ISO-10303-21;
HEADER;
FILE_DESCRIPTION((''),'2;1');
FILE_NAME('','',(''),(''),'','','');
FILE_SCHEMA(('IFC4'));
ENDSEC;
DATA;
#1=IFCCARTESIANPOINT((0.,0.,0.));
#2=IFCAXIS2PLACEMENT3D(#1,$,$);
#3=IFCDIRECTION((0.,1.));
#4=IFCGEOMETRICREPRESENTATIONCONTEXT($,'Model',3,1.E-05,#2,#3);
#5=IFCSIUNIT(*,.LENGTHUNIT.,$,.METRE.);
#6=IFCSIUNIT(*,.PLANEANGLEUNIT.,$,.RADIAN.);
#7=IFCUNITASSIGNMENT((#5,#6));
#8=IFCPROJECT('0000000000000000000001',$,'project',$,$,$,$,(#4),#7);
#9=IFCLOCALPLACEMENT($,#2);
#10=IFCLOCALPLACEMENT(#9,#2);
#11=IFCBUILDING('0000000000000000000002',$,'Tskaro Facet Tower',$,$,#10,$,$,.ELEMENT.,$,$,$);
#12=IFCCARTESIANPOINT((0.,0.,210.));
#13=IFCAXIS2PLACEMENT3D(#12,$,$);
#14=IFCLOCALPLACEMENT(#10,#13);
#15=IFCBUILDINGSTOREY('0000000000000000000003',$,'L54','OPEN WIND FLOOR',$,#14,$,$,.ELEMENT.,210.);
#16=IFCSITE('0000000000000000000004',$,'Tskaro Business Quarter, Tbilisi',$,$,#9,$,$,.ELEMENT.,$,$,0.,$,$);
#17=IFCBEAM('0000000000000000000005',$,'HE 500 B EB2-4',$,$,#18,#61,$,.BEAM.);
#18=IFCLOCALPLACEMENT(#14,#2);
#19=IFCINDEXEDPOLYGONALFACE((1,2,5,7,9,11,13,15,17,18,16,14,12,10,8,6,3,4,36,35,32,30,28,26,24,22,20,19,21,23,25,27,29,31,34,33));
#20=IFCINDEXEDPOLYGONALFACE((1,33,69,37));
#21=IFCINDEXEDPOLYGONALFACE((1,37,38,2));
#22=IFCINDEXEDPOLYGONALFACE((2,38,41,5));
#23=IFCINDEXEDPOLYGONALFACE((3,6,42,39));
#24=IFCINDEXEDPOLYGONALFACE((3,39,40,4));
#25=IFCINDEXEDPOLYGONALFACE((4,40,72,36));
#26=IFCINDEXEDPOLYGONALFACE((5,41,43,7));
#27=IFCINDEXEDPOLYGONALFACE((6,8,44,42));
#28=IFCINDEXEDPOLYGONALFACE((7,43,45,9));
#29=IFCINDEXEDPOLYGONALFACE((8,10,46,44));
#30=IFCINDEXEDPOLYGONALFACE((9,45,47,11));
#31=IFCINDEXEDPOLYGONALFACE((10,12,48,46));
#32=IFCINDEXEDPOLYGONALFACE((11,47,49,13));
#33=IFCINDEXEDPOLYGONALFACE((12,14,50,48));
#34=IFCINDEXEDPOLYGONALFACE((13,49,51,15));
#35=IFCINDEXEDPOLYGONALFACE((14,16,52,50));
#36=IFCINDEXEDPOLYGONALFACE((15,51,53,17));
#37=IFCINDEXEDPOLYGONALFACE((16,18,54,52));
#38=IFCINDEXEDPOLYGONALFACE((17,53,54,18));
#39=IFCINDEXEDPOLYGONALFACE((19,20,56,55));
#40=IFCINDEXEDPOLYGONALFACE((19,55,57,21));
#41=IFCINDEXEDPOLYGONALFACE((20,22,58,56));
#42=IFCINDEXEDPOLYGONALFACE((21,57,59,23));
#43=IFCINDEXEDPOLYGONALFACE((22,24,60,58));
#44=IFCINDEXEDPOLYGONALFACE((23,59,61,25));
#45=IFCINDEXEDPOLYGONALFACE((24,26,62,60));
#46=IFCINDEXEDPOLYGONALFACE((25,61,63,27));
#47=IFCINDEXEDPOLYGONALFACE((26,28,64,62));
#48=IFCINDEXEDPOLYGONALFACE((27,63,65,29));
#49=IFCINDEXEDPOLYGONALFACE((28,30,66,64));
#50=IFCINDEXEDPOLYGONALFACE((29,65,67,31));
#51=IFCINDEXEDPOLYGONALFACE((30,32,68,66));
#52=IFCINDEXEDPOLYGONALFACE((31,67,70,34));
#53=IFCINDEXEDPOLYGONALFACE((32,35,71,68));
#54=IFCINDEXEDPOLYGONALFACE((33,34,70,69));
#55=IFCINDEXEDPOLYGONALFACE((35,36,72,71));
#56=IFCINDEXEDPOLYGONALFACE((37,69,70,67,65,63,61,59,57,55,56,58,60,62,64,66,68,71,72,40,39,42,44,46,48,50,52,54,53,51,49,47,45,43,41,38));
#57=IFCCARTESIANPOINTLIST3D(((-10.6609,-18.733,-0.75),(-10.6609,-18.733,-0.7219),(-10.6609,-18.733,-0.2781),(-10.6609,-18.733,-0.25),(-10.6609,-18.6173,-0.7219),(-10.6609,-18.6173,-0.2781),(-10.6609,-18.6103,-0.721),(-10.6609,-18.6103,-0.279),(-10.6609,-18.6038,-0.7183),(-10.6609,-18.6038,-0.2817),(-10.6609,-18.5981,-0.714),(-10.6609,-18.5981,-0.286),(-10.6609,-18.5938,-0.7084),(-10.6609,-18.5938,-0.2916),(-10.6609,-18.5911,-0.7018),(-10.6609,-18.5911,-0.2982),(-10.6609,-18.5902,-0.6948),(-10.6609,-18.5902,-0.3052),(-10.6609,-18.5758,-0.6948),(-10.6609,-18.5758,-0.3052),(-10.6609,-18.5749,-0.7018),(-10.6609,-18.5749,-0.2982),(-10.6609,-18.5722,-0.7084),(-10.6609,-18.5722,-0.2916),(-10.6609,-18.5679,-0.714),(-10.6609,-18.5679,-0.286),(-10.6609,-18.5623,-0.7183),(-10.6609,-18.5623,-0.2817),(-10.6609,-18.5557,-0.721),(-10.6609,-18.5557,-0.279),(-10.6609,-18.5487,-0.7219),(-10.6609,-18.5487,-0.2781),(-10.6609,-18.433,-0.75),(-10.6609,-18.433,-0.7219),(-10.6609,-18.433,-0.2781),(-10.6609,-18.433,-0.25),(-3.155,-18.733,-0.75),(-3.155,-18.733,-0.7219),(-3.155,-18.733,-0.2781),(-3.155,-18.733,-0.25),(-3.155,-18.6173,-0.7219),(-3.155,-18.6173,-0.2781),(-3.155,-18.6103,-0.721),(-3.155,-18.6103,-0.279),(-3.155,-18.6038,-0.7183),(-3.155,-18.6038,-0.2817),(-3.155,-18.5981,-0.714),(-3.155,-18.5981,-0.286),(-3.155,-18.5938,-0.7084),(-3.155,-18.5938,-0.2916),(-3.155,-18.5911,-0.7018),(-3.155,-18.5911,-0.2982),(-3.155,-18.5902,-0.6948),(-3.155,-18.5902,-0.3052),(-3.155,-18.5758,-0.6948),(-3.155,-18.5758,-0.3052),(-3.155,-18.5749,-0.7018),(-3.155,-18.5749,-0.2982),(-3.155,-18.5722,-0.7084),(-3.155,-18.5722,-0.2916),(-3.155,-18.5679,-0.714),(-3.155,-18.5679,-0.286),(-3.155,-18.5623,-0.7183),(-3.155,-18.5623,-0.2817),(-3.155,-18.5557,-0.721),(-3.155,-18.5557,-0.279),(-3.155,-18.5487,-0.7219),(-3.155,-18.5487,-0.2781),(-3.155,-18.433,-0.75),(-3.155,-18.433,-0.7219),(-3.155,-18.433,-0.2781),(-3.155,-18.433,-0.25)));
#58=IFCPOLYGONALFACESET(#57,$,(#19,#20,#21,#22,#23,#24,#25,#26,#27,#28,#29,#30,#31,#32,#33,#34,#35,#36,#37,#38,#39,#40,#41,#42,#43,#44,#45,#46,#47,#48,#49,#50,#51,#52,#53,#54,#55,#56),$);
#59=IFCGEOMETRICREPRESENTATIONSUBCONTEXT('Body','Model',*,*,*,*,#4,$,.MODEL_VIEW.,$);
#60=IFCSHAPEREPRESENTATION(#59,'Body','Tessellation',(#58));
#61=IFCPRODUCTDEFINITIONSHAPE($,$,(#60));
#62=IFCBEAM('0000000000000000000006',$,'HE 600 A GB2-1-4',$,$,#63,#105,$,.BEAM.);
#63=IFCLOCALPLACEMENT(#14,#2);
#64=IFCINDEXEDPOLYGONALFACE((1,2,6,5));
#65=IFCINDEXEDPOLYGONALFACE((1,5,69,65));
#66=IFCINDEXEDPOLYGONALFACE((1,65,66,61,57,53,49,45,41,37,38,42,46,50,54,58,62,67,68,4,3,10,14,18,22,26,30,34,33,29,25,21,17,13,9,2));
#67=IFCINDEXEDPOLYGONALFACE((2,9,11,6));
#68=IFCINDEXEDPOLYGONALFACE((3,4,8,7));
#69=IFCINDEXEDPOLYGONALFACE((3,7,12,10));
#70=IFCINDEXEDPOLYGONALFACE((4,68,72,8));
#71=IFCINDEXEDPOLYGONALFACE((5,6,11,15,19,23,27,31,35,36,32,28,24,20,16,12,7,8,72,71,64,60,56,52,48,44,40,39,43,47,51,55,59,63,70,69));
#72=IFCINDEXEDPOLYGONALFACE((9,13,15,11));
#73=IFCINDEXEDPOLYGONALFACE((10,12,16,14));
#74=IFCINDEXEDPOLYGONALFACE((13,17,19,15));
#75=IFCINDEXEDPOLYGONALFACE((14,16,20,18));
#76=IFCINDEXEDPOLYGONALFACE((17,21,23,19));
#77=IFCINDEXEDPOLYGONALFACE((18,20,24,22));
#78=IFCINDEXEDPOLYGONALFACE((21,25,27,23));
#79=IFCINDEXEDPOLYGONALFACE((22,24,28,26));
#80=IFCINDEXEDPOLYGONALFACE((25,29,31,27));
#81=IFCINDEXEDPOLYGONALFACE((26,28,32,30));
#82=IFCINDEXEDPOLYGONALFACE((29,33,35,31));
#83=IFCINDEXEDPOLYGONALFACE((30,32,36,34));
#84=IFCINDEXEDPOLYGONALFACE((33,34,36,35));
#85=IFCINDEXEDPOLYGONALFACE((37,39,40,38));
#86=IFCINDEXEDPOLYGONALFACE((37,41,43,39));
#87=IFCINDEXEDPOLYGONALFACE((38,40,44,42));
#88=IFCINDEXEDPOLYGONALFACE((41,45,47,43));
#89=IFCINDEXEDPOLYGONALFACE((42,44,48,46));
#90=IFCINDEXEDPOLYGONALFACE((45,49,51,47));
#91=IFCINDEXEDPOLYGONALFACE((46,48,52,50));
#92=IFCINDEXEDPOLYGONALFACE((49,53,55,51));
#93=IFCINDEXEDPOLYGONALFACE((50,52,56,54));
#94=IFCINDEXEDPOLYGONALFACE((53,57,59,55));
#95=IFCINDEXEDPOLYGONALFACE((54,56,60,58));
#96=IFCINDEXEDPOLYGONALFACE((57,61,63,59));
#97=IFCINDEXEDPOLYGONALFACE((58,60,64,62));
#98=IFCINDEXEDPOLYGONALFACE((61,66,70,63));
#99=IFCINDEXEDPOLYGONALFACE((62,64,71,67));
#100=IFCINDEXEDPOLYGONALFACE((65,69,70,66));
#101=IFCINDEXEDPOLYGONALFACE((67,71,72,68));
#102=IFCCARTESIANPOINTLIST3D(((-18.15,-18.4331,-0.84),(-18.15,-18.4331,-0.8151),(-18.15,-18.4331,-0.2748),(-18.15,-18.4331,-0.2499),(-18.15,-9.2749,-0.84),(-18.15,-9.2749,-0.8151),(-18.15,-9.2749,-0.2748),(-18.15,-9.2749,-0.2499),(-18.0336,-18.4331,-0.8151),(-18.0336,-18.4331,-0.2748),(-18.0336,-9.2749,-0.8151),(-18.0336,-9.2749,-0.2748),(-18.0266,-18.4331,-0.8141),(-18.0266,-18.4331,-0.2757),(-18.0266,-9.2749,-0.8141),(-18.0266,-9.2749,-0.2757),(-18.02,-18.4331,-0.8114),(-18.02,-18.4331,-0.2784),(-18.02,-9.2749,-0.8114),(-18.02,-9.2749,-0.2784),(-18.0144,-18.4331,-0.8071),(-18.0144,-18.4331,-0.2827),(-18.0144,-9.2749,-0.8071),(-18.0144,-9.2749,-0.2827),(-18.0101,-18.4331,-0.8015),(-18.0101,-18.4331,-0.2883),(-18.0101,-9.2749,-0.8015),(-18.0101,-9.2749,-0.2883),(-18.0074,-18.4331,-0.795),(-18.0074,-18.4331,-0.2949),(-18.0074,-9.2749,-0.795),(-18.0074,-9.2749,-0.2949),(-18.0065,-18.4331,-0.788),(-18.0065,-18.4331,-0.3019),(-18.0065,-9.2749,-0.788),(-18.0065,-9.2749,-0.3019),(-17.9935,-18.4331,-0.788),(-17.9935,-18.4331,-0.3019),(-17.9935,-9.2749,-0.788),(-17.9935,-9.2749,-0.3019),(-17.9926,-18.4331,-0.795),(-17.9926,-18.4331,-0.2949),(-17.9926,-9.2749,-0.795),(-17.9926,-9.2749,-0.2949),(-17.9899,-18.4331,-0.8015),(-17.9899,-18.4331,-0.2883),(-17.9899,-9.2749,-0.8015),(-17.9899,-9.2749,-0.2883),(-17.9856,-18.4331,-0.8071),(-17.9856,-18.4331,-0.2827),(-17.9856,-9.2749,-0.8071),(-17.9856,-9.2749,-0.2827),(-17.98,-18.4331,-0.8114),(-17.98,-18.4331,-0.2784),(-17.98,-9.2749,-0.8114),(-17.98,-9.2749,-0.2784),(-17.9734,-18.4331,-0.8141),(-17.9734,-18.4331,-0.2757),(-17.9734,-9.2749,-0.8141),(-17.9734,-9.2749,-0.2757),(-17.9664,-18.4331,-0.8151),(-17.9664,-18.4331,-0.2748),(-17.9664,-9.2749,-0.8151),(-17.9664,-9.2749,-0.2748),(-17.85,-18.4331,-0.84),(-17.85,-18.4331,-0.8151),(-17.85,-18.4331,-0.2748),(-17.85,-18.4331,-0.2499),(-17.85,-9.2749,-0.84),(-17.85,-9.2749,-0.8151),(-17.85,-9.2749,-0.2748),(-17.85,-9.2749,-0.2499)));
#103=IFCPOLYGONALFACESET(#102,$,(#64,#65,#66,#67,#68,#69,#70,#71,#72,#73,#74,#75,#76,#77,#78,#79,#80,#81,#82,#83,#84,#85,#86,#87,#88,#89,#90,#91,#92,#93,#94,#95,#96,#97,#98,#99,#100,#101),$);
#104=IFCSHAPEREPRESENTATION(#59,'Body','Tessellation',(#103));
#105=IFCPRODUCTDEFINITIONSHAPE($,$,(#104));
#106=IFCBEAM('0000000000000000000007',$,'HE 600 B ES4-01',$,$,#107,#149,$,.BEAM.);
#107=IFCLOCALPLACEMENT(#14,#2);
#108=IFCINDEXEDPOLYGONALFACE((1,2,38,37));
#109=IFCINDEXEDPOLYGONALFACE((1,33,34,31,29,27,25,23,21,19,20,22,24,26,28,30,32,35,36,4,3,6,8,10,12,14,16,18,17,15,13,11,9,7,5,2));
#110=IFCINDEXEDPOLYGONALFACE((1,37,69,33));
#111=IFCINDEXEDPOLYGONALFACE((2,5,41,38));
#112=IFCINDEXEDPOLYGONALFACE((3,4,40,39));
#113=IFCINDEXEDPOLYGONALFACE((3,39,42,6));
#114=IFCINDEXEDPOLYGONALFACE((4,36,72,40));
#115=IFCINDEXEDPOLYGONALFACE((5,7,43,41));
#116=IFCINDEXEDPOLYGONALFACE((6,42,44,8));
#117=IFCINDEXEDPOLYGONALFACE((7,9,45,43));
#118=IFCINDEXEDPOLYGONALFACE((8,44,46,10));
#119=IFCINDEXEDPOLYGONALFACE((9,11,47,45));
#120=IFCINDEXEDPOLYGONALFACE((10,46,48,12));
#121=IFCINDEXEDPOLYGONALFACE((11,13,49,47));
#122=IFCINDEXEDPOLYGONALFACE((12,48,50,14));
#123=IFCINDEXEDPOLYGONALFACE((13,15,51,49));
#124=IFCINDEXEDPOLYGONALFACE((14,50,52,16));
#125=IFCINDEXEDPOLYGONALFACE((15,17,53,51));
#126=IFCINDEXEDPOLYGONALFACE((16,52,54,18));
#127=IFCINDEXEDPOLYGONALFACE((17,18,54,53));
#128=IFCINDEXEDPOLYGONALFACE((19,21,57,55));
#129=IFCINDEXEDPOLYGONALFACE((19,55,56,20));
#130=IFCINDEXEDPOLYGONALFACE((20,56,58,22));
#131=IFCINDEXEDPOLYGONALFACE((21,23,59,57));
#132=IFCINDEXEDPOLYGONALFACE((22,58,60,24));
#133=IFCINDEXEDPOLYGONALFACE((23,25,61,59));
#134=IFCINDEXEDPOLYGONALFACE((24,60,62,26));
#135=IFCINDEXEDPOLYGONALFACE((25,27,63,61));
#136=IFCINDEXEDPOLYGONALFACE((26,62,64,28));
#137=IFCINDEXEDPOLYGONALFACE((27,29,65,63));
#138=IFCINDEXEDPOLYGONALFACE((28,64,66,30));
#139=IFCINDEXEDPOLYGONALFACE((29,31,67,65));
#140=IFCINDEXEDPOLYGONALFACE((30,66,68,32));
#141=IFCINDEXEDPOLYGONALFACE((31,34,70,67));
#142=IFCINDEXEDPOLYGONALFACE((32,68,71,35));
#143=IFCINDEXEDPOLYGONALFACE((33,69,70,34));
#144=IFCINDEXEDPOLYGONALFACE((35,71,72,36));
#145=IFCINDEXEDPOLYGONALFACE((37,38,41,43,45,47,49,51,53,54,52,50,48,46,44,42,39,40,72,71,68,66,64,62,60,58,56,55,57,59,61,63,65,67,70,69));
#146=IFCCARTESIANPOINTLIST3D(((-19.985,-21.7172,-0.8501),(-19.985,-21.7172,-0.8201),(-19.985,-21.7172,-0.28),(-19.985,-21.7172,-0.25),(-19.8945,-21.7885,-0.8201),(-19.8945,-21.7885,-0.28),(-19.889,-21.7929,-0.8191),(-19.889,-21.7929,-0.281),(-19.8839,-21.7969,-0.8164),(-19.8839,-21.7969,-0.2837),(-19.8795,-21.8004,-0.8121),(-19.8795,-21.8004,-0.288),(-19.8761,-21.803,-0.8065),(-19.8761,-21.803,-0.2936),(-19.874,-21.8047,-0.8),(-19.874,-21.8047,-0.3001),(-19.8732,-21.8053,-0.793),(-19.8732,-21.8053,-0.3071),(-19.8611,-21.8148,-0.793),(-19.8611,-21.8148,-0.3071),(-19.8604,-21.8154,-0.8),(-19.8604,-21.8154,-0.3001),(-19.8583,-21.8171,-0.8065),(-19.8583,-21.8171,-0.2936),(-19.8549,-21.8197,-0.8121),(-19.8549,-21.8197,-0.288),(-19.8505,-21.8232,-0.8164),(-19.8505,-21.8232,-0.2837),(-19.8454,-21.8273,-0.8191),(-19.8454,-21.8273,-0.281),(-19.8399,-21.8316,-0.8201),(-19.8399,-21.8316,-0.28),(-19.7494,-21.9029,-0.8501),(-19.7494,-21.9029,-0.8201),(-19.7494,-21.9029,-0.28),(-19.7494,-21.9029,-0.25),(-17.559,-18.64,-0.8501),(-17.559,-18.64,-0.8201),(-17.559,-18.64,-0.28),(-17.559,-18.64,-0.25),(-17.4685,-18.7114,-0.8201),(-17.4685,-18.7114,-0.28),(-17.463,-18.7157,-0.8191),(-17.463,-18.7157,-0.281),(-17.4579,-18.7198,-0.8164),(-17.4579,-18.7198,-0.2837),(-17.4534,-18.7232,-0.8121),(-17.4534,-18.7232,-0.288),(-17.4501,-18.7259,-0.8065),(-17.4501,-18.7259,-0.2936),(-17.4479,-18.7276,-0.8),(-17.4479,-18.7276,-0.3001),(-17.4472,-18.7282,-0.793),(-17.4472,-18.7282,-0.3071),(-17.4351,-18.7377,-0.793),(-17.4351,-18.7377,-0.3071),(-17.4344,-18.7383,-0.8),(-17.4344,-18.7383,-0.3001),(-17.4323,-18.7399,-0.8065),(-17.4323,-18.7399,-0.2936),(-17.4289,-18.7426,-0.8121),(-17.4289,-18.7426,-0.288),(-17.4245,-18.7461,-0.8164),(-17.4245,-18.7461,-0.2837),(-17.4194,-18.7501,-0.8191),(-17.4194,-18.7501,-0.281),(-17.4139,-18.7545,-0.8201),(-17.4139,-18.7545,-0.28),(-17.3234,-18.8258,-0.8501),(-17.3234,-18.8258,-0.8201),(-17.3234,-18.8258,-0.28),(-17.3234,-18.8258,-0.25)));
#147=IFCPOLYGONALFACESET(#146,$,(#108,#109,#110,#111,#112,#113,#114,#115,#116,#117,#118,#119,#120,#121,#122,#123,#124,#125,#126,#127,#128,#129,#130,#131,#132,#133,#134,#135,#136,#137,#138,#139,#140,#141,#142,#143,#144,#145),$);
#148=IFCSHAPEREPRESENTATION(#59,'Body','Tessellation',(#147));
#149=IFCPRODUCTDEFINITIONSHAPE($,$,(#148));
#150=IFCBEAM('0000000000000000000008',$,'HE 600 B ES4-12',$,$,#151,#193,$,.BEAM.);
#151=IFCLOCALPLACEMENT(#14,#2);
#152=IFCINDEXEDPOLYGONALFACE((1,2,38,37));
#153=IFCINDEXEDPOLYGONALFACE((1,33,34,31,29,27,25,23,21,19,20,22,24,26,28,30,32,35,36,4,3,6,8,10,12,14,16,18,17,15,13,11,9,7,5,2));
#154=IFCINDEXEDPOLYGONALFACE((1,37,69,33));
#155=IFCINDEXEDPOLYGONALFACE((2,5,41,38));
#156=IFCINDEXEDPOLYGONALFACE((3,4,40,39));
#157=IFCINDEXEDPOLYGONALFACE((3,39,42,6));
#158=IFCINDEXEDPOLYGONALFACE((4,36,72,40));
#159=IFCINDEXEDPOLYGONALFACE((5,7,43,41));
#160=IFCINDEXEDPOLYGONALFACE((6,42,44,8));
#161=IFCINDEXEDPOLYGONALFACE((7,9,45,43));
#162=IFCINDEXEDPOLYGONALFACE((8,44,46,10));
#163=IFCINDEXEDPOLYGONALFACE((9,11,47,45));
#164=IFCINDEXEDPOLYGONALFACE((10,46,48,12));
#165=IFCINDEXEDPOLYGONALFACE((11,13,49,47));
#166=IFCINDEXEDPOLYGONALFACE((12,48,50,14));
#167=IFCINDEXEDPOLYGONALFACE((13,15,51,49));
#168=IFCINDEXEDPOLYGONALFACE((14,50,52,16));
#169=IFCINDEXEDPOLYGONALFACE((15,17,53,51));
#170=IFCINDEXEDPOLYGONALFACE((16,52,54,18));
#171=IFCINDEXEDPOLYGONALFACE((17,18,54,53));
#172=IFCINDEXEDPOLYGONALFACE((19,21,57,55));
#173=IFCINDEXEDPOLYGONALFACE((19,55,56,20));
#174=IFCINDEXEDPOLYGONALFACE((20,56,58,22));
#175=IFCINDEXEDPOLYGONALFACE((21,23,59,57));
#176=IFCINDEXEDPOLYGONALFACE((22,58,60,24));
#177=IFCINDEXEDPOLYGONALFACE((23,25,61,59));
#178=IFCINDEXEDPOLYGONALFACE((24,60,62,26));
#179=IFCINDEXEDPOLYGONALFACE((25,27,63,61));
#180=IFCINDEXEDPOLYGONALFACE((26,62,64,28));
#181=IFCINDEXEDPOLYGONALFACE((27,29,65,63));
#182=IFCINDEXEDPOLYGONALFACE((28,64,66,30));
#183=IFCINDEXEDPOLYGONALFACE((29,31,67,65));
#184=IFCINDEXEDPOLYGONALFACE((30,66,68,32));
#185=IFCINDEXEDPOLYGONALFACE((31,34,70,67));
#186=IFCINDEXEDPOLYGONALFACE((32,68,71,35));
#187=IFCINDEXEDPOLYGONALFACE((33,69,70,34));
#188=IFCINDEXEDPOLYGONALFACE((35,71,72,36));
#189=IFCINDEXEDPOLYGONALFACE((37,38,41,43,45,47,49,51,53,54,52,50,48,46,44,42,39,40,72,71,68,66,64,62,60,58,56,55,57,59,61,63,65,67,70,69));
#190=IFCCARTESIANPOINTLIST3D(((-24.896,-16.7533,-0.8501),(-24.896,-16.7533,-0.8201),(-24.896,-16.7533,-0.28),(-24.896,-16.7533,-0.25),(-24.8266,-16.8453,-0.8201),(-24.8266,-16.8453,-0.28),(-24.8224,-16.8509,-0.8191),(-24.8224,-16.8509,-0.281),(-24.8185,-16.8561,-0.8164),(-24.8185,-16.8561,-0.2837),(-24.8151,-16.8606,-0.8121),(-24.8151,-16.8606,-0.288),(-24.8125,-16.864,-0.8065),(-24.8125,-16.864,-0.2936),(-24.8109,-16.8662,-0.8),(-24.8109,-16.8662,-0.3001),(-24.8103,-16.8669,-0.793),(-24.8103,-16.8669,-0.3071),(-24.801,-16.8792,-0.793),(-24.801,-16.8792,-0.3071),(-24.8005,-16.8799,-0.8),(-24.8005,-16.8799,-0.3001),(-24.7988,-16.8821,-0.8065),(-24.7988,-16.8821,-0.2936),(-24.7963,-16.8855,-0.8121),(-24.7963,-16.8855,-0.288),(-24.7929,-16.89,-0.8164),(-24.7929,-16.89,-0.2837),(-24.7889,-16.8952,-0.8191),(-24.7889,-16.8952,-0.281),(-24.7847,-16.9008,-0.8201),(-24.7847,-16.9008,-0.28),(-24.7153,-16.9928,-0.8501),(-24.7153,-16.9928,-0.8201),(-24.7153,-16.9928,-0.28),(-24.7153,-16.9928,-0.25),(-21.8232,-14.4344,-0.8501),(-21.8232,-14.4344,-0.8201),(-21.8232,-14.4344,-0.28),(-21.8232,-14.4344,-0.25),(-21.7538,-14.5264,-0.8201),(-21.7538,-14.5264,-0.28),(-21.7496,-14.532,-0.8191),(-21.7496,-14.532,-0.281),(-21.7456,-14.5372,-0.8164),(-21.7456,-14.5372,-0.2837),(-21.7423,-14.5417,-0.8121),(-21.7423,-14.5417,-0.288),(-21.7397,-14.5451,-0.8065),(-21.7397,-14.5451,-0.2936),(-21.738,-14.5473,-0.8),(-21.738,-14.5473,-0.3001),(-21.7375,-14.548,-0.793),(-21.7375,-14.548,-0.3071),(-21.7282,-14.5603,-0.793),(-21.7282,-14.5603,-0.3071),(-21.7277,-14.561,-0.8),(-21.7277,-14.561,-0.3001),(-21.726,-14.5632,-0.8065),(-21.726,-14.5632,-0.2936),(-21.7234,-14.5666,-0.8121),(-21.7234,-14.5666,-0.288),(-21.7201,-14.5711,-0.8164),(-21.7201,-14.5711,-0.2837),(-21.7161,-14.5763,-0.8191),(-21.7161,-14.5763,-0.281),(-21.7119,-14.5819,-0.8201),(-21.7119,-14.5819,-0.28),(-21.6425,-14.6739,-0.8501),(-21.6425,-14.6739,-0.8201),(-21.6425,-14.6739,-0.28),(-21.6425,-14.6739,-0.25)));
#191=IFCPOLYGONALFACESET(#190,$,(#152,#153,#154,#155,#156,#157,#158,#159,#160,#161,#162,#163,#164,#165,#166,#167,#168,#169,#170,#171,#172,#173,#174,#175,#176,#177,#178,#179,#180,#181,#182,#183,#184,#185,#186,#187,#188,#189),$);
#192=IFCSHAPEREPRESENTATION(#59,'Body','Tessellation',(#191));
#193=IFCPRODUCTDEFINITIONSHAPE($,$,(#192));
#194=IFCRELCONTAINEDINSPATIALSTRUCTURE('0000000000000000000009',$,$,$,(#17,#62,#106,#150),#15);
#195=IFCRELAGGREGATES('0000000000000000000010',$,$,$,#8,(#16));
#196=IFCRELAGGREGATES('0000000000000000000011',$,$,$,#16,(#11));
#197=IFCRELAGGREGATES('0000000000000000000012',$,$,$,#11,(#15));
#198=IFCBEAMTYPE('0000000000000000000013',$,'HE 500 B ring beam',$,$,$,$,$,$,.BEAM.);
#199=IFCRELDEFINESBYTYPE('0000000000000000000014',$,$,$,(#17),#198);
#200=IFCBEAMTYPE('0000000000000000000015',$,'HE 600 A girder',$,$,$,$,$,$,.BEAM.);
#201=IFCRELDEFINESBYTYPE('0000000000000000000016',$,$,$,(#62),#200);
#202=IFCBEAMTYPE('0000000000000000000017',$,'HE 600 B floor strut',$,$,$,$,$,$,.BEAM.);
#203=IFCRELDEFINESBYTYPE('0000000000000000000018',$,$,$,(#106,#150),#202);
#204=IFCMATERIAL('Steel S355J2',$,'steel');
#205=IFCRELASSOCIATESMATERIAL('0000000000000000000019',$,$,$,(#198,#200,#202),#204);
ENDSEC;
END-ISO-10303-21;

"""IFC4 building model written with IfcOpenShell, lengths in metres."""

from ifc_helpers import new_model, si_unit, direction, frame, origin, origin_2d, place, context, subcontext, project, spatial, i_section, extrude, material, material_profile, profile_set, type_object, element, save


model = new_model("IFC4")

# Units and contexts
model_context = context("Model", 3, precision=1e-05, world=origin(), true_north=direction((0.0, 1.0)))
body_context = subcontext(model_context, "Body", "Model", "MODEL_VIEW")
ifc_project = project(units=[si_unit("LENGTHUNIT", "METRE"), si_unit("PLANEANGLEUNIT", "RADIAN")], contexts=[model_context])

# Site, building, storey
site_placement = place(None, origin())
site = spatial("IfcSite", under=ifc_project, at=site_placement, Name="Tskaro Business Quarter, Tbilisi", CompositionType="ELEMENT", RefElevation=0.0)
building_placement = place(site_placement, origin())
building = spatial("IfcBuilding", under=site, at=building_placement, Name="Tskaro Facet Tower", CompositionType="ELEMENT")
storey_placement = place(building_placement, frame((0.0, 0.0, 210.0)))
storey = spatial("IfcBuildingStorey", under=building, at=storey_placement, Name="L54", Description="OPEN WIND FLOOR", CompositionType="ELEMENT", Elevation=210.0)

# Shared definitions
ifc_material_1 = material(Name="Steel S355J2", Category="steel")

# Beams
ifc_material_profile_1 = material_profile(ifc_material_1, i_section(OverallWidth=0.3, OverallDepth=0.5, WebThickness=0.0144, FlangeThickness=0.0281, FilletRadius=0.0271, at=origin_2d()), Name="HE 500 B")
ifc_profile_set_1 = profile_set([ifc_material_profile_1], Name="Steel S355J2")
beam_type_1 = type_object("IfcBeamType", Name="HE 500 B ring beam", PredefinedType="BEAM", material=ifc_profile_set_1)
beam_1_placement = place(storey_placement, frame((-10.6609, -18.583, -0.5), z_axis=(1.0, 0.0, 0.0), x_axis=(0.0, 1.0, 0.0)))
element("IfcBeam", 1, at=beam_1_placement, inside=storey, type_object=beam_type_1, Name="HE 500 B EB2-4", PredefinedType="BEAM", context=body_context, shape_type="SweptSolid", body=[
    extrude(i_section(OverallWidth=0.3, OverallDepth=0.5, WebThickness=0.0144, FlangeThickness=0.0281, FilletRadius=0.0271, at=origin_2d()), origin(), (0.0, 0.0, 1.0), 7.5059),
])
ifc_material_profile_2 = material_profile(ifc_material_1, i_section(OverallWidth=0.3, OverallDepth=0.5901, WebThickness=0.0129, FlangeThickness=0.0249, FilletRadius=0.0271, at=origin_2d()), Name="HE 600 A")
ifc_profile_set_2 = profile_set([ifc_material_profile_2], Name="Steel S355J2")
beam_type_2 = type_object("IfcBeamType", Name="HE 600 A girder", PredefinedType="BEAM", material=ifc_profile_set_2)
beam_2_placement = place(storey_placement, frame((-18.0, -18.4331, -0.5449), z_axis=(0.0, 1.0, 0.0), x_axis=(-1.0, 0.0, 0.0)))
element("IfcBeam", 2, at=beam_2_placement, inside=storey, type_object=beam_type_2, Name="HE 600 A GB2-1-4", PredefinedType="BEAM", context=body_context, shape_type="SweptSolid", body=[
    extrude(i_section(OverallWidth=0.3, OverallDepth=0.5901, WebThickness=0.0129, FlangeThickness=0.0249, FilletRadius=0.0271, at=origin_2d()), origin(), (0.0, 0.0, 1.0), 9.1582),
])
ifc_material_profile_3 = material_profile(ifc_material_1, i_section(OverallWidth=0.3, OverallDepth=0.6001, WebThickness=0.0154, FlangeThickness=0.03, FilletRadius=0.0271, at=origin_2d()), Name="HE 600 B")
ifc_profile_set_3 = profile_set([ifc_material_profile_3], Name="Steel S355J2")
beam_type_3 = type_object("IfcBeamType", Name="HE 600 B floor strut", PredefinedType="BEAM", material=ifc_profile_set_3)
beam_3_placement = place(storey_placement, frame((-19.8672, -21.8101, -0.55), z_axis=(0.619125, 0.785292, 0.0), x_axis=(-0.785292, 0.619125, 0.0)))
element("IfcBeam", 3, at=beam_3_placement, inside=storey, type_object=beam_type_3, Name="HE 600 B ES4-01", PredefinedType="BEAM", context=body_context, shape_type="SweptSolid", body=[
    extrude(i_section(OverallWidth=0.3, OverallDepth=0.6001, WebThickness=0.0154, FlangeThickness=0.03, FilletRadius=0.0271, at=origin_2d()), origin(), (0.0, 0.0, 1.0), 3.9185),
])
beam_4_placement = place(storey_placement, frame((-24.8057, -16.873, -0.55), z_axis=(0.798216, 0.602372, 0.0), x_axis=(-0.602372, 0.798216, 0.0)))
element("IfcBeam", 4, at=beam_4_placement, inside=storey, type_object=beam_type_3, Name="HE 600 B ES4-12", PredefinedType="BEAM", context=body_context, shape_type="SweptSolid", body=[
    extrude(i_section(OverallWidth=0.3, OverallDepth=0.6001, WebThickness=0.0154, FlangeThickness=0.03, FilletRadius=0.0271, at=origin_2d()), origin(), (0.0, 0.0, 1.0), 3.8496),
])

save(model, "model.ifc")
